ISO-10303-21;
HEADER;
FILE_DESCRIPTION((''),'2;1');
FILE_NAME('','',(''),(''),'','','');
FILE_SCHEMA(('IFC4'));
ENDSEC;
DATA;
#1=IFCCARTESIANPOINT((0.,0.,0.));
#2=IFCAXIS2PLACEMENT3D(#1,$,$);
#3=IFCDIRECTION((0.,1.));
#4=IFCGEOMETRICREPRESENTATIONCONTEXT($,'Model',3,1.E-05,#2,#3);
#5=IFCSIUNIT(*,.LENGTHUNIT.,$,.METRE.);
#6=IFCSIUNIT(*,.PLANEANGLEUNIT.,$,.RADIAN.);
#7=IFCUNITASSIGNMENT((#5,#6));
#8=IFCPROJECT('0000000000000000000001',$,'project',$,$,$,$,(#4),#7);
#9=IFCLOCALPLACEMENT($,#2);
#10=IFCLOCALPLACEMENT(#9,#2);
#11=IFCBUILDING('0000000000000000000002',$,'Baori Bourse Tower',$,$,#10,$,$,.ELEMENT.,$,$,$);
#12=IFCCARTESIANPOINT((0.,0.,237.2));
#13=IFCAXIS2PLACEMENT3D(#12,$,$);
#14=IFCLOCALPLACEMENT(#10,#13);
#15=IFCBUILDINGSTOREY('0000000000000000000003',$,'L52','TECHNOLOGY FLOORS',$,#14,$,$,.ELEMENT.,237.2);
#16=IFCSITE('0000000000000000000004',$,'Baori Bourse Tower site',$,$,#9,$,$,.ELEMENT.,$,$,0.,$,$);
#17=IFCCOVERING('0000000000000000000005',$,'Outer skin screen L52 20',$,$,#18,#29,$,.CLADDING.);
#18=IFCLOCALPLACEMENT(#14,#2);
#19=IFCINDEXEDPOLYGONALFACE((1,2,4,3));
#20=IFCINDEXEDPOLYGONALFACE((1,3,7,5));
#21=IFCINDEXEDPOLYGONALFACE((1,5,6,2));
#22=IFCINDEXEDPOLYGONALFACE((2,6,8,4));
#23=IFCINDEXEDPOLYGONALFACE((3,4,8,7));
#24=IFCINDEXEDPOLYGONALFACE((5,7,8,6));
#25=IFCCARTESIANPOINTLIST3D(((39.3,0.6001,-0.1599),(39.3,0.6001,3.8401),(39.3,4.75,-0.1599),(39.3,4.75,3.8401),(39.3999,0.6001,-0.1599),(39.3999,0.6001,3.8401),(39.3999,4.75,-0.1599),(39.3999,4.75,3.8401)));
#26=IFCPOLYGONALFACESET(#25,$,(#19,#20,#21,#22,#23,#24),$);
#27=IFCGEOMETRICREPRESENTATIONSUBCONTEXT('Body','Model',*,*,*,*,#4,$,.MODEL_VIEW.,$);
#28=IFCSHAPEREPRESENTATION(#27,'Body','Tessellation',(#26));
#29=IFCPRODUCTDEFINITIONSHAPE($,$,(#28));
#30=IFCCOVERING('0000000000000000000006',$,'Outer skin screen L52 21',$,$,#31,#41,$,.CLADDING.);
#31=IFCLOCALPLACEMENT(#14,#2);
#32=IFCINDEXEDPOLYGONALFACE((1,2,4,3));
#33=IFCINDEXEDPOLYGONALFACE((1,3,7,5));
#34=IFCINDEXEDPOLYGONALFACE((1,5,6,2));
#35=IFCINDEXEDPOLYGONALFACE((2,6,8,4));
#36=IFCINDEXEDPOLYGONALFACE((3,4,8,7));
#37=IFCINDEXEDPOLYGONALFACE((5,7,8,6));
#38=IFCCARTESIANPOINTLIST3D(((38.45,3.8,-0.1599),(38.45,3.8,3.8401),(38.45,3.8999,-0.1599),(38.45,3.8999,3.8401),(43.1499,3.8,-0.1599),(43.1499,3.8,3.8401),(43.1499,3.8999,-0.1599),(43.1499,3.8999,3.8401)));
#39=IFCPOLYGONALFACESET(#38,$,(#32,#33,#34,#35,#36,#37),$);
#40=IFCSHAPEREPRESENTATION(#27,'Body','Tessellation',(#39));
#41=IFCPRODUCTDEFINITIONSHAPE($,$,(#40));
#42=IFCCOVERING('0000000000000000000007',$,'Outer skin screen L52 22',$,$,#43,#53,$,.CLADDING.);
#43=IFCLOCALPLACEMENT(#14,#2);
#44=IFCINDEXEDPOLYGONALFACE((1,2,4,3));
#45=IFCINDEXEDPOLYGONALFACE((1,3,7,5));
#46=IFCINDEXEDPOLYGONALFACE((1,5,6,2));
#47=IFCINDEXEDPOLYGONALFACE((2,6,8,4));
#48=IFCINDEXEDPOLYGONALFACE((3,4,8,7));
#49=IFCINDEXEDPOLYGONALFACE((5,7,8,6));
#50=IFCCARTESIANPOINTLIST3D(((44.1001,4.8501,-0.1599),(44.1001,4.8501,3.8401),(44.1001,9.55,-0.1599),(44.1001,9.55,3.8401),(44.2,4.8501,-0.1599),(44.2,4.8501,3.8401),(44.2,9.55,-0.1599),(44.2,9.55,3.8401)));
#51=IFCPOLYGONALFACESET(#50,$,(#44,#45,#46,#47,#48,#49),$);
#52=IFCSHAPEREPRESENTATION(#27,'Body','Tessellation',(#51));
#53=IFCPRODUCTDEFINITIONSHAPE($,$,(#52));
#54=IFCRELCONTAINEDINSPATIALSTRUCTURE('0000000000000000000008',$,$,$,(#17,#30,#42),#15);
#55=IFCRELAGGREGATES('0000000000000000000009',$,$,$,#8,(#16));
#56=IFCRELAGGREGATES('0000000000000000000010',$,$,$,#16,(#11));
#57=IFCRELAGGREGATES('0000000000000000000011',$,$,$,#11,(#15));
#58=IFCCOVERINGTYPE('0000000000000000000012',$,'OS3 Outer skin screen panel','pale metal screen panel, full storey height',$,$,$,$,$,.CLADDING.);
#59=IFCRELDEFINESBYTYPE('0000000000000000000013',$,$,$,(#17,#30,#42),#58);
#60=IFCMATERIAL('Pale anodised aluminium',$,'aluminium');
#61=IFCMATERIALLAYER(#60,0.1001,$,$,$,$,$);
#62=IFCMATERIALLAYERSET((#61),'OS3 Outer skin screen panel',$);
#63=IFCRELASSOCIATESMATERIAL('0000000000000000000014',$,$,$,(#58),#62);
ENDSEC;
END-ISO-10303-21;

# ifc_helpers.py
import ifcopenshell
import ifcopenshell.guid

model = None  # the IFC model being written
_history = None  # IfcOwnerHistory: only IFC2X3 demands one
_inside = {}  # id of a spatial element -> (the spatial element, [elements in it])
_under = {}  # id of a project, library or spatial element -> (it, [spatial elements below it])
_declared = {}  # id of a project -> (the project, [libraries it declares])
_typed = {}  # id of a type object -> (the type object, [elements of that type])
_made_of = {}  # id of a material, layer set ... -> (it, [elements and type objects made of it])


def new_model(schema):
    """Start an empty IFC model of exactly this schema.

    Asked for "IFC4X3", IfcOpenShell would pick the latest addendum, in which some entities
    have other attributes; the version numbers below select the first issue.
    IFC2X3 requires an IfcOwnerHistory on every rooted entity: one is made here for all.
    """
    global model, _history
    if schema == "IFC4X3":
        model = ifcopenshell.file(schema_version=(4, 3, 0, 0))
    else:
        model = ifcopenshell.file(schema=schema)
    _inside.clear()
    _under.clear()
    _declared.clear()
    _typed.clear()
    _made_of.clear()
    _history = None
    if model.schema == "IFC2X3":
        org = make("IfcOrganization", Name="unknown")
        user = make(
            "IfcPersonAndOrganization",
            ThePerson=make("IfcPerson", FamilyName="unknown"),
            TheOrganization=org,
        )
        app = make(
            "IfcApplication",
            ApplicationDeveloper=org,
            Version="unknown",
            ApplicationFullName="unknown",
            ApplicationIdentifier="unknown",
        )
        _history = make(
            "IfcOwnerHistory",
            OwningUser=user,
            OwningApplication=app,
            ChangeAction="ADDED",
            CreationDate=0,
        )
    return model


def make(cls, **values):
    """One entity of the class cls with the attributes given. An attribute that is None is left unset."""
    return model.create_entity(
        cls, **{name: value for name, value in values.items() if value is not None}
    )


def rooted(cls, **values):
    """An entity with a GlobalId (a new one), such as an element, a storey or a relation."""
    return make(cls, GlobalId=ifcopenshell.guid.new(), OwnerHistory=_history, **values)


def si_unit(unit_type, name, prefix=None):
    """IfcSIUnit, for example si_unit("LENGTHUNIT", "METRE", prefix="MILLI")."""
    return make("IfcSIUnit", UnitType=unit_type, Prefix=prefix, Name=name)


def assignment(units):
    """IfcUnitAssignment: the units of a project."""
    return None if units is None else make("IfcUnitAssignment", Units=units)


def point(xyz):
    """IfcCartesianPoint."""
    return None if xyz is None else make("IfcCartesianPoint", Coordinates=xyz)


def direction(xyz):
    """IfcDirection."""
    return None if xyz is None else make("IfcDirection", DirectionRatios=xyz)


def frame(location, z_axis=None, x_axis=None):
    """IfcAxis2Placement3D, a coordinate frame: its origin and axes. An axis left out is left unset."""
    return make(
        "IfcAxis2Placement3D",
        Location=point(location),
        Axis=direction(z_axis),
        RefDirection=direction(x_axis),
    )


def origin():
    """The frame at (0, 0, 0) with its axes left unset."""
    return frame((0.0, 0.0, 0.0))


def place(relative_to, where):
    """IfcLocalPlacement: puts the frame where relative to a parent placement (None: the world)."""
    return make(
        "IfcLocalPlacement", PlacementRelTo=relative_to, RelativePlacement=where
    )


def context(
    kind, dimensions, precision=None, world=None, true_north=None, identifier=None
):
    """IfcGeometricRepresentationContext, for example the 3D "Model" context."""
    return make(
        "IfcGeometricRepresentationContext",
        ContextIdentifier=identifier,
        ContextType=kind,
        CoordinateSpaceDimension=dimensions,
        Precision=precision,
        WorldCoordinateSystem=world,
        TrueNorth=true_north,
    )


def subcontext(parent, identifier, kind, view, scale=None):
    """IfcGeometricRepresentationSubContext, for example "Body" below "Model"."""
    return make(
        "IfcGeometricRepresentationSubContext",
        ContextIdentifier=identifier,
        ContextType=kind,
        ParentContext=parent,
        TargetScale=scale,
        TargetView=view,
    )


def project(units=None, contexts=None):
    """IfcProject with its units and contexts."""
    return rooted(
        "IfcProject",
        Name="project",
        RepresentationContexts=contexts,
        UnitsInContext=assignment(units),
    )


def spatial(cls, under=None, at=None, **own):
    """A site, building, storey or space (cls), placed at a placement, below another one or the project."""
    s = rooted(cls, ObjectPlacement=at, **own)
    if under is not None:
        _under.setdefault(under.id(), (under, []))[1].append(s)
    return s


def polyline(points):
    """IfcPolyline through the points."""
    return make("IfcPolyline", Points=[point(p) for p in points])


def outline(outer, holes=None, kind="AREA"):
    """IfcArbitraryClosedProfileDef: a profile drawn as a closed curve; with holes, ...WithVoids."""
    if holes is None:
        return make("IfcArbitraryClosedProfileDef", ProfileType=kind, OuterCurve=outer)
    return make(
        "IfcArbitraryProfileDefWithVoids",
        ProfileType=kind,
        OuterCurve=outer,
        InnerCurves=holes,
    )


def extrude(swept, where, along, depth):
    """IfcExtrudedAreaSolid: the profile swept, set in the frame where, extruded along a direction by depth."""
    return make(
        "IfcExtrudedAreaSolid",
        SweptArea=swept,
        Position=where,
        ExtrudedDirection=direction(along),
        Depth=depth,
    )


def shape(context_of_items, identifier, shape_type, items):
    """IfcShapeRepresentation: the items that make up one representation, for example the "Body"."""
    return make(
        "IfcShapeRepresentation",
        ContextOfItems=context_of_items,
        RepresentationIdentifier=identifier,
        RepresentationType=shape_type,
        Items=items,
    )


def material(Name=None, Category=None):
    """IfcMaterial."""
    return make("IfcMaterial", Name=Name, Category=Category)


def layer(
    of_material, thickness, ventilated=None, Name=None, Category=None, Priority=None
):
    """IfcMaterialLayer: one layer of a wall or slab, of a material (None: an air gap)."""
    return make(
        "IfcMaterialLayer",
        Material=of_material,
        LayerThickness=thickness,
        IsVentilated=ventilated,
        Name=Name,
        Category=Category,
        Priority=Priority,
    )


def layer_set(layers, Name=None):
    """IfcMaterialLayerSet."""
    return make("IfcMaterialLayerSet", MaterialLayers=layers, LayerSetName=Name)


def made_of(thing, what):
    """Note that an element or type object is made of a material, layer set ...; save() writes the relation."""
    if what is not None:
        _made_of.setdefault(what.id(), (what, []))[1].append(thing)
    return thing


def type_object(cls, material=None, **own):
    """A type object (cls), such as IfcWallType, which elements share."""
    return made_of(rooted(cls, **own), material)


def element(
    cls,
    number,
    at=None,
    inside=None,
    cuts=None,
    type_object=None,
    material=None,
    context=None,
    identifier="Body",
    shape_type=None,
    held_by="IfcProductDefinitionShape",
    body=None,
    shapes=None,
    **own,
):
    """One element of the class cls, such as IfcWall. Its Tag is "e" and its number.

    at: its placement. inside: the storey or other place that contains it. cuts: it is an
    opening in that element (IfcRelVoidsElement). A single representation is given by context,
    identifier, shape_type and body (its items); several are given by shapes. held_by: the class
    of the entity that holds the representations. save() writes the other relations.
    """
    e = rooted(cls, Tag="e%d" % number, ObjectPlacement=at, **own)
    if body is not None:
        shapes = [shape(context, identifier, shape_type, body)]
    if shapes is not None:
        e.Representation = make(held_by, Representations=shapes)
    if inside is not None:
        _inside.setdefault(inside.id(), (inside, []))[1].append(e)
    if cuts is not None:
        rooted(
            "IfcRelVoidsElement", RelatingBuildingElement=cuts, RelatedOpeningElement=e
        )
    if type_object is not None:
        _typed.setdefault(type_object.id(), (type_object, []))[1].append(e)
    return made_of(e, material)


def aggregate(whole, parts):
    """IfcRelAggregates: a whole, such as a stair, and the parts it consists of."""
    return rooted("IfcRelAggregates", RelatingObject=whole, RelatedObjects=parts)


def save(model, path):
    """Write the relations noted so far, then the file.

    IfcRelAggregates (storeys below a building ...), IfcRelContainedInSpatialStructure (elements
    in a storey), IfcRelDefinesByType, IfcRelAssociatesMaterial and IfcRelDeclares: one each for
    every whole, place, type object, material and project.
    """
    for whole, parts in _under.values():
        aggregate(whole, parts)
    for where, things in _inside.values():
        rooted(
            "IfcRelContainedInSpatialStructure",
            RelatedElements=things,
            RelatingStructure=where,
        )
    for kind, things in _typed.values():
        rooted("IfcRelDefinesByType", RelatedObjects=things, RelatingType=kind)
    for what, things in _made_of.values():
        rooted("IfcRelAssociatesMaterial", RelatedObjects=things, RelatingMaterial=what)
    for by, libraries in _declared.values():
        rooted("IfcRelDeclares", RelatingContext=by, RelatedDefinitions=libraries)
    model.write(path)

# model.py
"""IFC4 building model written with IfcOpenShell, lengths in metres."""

from ifc_helpers import new_model, si_unit, direction, frame, origin, place, context, subcontext, project, spatial, polyline, outline, extrude, material, layer, layer_set, type_object, element, save


model = new_model("IFC4")

# Units and contexts
model_context = context("Model", 3, precision=1e-05, world=origin(), true_north=direction((0.0, 1.0)))
body_context = subcontext(model_context, "Body", "Model", "MODEL_VIEW")
ifc_project = project(units=[si_unit("LENGTHUNIT", "METRE"), si_unit("PLANEANGLEUNIT", "RADIAN")], contexts=[model_context])

# Site, building, storey
site_placement = place(None, origin())
site = spatial("IfcSite", under=ifc_project, at=site_placement, Name="Baori Bourse Tower site", CompositionType="ELEMENT", RefElevation=0.0)
building_placement = place(site_placement, origin())
building = spatial("IfcBuilding", under=site, at=building_placement, Name="Baori Bourse Tower", CompositionType="ELEMENT")
storey_placement = place(building_placement, frame((0.0, 0.0, 237.2)))
storey = spatial("IfcBuildingStorey", under=building, at=storey_placement, Name="L52", Description="TECHNOLOGY FLOORS", CompositionType="ELEMENT", Elevation=237.2)

# Coverings
ifc_material_1 = material(Name="Pale anodised aluminium", Category="aluminium")
ifc_layer_1 = layer(ifc_material_1, 0.1001)
ifc_layer_set_1 = layer_set([ifc_layer_1], Name="OS3 Outer skin screen panel")
covering_type = type_object("IfcCoveringType", Name="OS3 Outer skin screen panel", Description="pale metal screen panel, full storey height", PredefinedType="CLADDING", material=ifc_layer_set_1)
covering_1_placement = place(storey_placement, frame((0.0, 0.0, -0.1599)))
element("IfcCovering", 1, at=covering_1_placement, inside=storey, type_object=covering_type, Name="Outer skin screen L52 20", PredefinedType="CLADDING", context=body_context, shape_type="SweptSolid", body=[
    extrude(outline(polyline([(39.3, 4.75), (39.3, 0.6001), (39.3999, 0.6001), (39.3999, 4.75), (39.3, 4.75)])), origin(), (0.0, 0.0, 1.0), 4.0),
])
covering_2_placement = place(storey_placement, frame((0.0, 0.0, -0.1599)))
element("IfcCovering", 2, at=covering_2_placement, inside=storey, type_object=covering_type, Name="Outer skin screen L52 21", PredefinedType="CLADDING", context=body_context, shape_type="SweptSolid", body=[
    extrude(outline(polyline([(43.1499, 3.8999), (38.45, 3.8999), (38.45, 3.8), (43.1499, 3.8), (43.1499, 3.8999)])), origin(), (0.0, 0.0, 1.0), 4.0),
])
covering_3_placement = place(storey_placement, frame((0.0, 0.0, -0.1599)))
element("IfcCovering", 3, at=covering_3_placement, inside=storey, type_object=covering_type, Name="Outer skin screen L52 22", PredefinedType="CLADDING", context=body_context, shape_type="SweptSolid", body=[
    extrude(outline(polyline([(44.1001, 9.55), (44.1001, 4.8501), (44.2, 4.8501), (44.2, 9.55), (44.1001, 9.55)])), origin(), (0.0, 0.0, 1.0), 4.0),
])

save(model, "model.ifc")
